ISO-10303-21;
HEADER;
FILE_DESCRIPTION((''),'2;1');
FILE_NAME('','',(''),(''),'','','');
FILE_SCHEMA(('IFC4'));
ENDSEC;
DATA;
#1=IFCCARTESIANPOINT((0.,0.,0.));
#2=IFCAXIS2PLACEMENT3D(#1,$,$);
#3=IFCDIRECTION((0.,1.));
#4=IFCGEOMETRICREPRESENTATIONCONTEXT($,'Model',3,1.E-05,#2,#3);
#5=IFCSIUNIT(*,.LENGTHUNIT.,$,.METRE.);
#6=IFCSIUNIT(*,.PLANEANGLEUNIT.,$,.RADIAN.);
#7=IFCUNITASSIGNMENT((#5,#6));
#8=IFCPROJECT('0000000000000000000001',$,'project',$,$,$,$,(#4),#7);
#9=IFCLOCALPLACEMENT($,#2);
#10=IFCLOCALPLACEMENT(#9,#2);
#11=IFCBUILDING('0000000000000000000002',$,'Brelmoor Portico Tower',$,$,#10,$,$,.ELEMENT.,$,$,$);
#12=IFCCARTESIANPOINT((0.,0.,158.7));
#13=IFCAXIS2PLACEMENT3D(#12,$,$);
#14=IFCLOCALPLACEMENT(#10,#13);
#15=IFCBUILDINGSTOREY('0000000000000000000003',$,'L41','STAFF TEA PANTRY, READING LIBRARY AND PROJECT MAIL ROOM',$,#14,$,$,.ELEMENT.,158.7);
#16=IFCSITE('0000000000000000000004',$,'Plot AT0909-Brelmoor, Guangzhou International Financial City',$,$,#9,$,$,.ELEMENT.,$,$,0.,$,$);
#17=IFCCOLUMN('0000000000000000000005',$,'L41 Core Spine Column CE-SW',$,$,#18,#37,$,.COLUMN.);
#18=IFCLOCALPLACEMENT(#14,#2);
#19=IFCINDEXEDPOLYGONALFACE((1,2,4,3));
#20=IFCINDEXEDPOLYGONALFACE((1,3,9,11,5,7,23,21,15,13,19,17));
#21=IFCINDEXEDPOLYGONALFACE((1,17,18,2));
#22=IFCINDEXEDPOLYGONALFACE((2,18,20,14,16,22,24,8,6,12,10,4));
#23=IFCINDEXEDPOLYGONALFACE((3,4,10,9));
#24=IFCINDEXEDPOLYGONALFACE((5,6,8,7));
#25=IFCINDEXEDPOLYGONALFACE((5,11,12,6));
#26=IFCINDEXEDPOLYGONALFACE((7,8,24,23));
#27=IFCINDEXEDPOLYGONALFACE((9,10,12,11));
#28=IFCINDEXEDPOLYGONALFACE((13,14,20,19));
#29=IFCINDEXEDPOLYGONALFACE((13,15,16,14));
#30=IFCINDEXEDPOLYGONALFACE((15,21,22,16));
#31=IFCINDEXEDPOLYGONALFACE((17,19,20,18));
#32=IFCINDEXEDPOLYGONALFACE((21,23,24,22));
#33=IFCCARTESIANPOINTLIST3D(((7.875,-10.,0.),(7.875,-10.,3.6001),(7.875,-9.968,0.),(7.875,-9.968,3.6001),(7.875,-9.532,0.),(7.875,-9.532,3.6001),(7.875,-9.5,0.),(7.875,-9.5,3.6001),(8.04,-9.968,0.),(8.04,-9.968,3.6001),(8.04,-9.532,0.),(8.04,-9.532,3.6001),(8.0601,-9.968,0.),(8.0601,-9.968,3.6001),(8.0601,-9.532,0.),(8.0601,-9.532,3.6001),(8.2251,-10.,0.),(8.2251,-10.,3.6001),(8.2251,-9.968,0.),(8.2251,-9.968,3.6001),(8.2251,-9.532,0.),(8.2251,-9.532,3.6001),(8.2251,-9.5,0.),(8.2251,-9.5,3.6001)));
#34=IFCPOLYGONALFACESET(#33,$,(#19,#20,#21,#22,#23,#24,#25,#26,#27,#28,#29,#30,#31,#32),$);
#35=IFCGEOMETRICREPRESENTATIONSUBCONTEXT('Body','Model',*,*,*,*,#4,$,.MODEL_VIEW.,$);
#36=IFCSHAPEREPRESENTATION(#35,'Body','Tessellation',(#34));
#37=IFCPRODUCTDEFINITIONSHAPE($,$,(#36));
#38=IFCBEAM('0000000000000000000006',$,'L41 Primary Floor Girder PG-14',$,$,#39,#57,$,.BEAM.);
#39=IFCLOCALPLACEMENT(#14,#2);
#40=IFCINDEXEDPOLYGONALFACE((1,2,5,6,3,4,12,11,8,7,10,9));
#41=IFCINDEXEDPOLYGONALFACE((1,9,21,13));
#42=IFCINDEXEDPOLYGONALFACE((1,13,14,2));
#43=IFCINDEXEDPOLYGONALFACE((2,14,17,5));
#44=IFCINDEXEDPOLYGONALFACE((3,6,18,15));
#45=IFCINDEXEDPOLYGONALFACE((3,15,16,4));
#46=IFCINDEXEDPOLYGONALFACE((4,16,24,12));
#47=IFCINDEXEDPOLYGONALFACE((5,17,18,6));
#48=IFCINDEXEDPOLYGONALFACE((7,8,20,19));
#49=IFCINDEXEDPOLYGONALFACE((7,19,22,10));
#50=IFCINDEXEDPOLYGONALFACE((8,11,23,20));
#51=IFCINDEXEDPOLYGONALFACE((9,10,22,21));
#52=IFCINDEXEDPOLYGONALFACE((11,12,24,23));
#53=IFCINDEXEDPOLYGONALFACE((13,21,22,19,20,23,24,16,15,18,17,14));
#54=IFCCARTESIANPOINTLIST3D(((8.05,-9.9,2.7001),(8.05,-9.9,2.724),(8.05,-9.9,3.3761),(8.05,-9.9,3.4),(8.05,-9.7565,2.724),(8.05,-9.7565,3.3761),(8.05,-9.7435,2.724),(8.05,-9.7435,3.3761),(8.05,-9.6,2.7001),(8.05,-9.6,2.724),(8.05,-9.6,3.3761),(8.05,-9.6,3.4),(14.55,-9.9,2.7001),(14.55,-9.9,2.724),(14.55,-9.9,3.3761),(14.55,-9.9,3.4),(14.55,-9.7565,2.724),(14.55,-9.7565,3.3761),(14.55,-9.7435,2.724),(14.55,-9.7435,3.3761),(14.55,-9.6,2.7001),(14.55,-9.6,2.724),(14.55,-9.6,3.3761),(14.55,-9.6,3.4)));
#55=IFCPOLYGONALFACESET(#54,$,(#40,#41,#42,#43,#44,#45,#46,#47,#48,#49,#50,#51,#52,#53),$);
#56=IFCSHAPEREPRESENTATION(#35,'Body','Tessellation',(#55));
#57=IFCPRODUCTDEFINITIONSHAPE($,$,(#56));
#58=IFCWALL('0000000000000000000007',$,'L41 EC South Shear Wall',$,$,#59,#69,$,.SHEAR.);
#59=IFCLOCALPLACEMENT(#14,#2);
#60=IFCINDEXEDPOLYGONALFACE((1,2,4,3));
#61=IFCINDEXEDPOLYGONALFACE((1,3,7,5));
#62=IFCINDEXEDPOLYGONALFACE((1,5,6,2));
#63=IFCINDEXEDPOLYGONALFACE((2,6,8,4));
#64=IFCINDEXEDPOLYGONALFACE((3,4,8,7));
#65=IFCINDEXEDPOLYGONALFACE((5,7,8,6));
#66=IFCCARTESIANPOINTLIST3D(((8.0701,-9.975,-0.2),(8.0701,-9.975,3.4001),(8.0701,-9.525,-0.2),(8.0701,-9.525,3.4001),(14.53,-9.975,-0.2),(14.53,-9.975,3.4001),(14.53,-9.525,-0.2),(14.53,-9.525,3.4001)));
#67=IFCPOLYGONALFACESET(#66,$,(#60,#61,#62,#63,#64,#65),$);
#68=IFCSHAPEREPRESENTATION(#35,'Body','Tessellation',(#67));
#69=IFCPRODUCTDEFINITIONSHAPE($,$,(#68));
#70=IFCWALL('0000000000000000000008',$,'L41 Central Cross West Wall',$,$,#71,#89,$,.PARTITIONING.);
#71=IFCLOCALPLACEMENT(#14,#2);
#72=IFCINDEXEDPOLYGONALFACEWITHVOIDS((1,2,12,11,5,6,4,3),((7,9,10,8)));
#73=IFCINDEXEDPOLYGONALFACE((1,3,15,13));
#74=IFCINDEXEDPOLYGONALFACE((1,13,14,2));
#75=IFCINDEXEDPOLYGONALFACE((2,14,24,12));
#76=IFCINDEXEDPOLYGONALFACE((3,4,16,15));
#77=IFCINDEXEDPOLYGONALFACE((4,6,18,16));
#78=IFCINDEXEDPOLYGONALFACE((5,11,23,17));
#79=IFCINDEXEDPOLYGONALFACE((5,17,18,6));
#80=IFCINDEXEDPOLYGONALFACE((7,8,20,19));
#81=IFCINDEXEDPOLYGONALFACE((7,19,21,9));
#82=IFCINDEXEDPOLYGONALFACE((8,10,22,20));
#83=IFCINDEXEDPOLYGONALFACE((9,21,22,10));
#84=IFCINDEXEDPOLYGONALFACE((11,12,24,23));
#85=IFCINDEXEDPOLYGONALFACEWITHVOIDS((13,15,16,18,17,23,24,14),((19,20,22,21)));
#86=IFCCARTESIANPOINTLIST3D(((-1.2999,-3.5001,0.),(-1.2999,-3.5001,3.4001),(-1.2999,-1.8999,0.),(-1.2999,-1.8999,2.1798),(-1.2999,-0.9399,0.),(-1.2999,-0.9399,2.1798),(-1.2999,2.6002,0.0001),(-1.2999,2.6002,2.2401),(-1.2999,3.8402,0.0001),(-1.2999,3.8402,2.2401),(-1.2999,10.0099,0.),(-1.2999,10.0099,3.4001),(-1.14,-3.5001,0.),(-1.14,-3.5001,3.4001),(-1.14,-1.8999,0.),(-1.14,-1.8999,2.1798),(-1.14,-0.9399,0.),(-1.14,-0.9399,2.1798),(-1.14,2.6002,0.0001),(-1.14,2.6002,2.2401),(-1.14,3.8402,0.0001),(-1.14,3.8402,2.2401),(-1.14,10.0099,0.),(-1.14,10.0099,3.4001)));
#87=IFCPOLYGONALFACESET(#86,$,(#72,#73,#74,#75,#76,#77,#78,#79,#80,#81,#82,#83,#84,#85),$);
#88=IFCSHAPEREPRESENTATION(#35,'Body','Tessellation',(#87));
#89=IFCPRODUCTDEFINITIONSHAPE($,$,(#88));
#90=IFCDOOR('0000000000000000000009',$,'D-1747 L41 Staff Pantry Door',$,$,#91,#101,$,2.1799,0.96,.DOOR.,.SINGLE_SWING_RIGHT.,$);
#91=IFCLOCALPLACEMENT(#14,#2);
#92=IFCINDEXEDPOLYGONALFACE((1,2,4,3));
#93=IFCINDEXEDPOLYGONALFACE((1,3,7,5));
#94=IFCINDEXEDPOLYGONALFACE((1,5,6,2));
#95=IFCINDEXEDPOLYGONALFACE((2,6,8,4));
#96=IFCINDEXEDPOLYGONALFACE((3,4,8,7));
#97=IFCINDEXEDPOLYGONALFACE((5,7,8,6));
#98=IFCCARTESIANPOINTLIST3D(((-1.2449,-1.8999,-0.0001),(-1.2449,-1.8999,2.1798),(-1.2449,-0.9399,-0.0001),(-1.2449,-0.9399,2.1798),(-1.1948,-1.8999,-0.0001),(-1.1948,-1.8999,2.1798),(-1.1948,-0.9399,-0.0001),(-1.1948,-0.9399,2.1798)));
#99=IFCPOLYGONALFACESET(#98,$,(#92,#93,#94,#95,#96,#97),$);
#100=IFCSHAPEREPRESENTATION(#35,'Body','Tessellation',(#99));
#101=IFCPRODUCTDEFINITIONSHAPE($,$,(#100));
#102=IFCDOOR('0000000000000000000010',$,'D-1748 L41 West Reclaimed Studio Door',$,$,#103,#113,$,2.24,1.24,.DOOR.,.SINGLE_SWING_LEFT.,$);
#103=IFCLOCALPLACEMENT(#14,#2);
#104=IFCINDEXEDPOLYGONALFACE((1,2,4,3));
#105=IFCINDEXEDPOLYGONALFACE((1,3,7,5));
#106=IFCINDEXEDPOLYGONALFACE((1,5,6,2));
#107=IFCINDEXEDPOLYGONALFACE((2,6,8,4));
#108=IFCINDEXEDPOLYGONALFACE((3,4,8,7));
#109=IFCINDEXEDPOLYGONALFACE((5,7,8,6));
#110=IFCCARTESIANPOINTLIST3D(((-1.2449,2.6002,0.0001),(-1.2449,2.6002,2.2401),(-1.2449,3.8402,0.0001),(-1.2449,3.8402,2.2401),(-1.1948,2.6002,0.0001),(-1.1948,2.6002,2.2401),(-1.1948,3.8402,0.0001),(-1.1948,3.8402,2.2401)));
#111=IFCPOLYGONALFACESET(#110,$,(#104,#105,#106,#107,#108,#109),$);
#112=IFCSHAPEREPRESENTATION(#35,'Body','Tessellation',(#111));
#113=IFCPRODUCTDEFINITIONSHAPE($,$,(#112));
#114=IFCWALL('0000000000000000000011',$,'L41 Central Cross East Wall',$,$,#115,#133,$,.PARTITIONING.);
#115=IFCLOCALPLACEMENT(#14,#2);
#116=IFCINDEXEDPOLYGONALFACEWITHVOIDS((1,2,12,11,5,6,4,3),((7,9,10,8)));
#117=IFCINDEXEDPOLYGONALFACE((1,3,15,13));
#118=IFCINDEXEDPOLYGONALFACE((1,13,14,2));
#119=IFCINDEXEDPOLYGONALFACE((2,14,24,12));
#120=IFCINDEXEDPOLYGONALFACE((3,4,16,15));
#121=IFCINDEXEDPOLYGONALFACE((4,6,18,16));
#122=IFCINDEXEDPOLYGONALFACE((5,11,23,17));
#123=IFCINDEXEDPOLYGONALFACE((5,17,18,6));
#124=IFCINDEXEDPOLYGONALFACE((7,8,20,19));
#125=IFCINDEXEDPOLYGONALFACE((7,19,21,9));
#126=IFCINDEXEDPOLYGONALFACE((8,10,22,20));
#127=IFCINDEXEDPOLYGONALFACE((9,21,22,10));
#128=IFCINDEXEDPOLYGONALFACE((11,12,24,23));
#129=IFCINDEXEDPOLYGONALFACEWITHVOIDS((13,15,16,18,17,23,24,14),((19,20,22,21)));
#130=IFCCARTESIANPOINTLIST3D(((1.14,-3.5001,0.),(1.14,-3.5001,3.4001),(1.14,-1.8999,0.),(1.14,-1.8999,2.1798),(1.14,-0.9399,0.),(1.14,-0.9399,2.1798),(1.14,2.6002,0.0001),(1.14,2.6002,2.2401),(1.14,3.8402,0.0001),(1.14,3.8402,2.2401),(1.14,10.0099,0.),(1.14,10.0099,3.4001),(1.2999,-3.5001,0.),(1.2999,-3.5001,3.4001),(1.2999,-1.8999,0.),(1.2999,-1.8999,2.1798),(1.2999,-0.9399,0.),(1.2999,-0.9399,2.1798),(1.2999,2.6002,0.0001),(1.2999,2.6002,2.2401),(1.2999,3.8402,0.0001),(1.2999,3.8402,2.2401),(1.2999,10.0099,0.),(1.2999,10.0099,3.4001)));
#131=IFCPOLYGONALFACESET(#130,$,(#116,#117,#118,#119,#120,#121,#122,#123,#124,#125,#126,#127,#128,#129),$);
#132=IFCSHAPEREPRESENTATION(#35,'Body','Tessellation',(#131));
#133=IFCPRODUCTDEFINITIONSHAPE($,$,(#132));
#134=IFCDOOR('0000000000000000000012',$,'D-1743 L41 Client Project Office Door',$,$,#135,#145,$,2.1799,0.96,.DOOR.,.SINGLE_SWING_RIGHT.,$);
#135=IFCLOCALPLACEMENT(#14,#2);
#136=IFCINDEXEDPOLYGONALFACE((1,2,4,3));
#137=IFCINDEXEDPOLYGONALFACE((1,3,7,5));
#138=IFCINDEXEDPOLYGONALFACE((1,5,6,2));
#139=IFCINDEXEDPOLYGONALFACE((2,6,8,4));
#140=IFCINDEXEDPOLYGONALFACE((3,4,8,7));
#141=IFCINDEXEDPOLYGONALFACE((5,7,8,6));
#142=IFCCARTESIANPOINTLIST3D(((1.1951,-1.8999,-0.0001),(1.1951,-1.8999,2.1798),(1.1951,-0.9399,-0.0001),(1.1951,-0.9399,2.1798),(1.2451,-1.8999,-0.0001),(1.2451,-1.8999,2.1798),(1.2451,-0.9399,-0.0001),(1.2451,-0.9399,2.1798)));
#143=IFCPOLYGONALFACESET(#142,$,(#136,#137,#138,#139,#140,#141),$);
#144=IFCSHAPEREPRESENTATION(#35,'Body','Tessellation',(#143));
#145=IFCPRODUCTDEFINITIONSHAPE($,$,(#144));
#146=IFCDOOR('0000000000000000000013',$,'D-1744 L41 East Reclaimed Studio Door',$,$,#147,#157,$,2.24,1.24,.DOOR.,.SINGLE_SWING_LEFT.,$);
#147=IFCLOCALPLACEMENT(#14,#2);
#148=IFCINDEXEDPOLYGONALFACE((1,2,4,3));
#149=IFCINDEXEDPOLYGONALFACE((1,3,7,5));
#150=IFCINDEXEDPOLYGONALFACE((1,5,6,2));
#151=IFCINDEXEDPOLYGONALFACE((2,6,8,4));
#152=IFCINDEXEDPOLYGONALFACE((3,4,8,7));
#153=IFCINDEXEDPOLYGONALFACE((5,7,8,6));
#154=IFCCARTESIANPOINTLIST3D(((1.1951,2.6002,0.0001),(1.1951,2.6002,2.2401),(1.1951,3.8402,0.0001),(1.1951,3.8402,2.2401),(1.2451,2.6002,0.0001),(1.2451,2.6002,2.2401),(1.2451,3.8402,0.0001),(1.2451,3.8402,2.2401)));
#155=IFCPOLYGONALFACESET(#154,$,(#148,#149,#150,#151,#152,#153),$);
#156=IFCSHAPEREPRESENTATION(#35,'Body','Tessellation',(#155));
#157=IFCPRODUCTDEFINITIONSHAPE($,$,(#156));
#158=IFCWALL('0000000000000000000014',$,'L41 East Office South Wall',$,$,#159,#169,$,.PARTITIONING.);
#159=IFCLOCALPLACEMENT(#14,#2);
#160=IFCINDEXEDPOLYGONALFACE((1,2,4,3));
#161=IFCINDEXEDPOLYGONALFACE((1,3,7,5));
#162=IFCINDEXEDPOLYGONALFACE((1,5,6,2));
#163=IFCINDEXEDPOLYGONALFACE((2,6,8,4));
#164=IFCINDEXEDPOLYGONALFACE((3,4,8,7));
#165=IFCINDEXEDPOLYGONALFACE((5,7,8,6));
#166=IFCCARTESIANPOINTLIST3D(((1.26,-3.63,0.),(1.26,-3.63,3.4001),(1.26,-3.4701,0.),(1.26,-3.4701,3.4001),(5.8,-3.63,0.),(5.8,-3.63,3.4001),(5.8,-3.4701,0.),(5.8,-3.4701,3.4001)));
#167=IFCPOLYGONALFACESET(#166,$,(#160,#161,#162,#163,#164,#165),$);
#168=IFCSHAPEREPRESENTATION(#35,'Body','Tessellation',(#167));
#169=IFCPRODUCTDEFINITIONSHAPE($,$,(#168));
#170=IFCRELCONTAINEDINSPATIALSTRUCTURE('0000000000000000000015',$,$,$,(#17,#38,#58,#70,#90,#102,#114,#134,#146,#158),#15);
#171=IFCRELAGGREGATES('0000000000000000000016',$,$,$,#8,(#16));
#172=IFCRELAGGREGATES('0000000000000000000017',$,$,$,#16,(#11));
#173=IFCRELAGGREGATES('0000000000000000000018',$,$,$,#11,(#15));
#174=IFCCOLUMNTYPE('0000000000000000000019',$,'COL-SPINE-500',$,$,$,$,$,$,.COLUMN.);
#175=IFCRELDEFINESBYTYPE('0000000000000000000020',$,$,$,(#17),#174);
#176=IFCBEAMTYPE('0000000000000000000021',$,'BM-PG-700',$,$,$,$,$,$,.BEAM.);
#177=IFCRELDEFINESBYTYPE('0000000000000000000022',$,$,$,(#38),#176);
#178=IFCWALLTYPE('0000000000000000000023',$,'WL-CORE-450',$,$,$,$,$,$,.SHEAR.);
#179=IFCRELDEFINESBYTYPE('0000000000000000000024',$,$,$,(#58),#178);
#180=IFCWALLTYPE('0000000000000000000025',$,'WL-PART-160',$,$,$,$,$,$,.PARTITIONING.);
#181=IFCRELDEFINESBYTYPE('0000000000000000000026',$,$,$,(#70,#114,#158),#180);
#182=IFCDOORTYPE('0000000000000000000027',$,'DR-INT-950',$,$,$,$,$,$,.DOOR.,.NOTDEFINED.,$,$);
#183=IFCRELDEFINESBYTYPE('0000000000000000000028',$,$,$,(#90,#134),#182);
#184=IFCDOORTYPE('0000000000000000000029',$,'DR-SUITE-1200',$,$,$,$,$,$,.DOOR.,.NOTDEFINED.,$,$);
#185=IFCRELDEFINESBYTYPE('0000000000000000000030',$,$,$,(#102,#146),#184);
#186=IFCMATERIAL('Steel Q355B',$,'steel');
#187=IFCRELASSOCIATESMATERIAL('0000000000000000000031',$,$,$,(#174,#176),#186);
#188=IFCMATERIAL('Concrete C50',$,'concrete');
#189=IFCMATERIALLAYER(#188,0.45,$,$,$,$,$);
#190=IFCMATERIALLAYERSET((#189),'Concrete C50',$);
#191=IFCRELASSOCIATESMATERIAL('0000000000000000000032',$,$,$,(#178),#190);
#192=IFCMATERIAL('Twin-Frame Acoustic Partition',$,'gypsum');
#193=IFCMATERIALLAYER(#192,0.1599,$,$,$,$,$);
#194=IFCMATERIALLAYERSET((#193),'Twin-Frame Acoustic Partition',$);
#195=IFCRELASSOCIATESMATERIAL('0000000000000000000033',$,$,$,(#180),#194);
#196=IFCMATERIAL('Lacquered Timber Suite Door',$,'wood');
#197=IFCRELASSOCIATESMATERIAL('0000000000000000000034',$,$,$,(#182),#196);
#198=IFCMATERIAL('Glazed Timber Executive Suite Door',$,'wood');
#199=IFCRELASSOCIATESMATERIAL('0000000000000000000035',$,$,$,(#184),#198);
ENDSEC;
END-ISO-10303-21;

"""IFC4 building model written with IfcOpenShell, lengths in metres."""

from ifc_helpers import new_model, si_unit, direction, frame, frame_2d, origin, origin_2d, place, context, subcontext, project, spatial, rectangle, i_section, extrude, material, layer, layer_set, material_profile, profile_set, type_object, element, fill, save


model = new_model("IFC4")

# Units and contexts
model_context = context("Model", 3, precision=1e-05, world=origin(), true_north=direction((0.0, 1.0)))
body_context = subcontext(model_context, "Body", "Model", "MODEL_VIEW")
ifc_project = project(units=[si_unit("LENGTHUNIT", "METRE"), si_unit("PLANEANGLEUNIT", "RADIAN")], contexts=[model_context])

# Site, building, storey
site_placement = place(None, origin())
site = spatial("IfcSite", under=ifc_project, at=site_placement, Name="Plot AT0909-Brelmoor, Guangzhou International Financial City", CompositionType="ELEMENT", RefElevation=0.0)
building_placement = place(site_placement, origin())
building = spatial("IfcBuilding", under=site, at=building_placement, Name="Brelmoor Portico Tower", CompositionType="ELEMENT")
storey_placement = place(building_placement, frame((0.0, 0.0, 158.7)))
storey = spatial("IfcBuildingStorey", under=building, at=storey_placement, Name="L41", Description="STAFF TEA PANTRY, READING LIBRARY AND PROJECT MAIL ROOM", CompositionType="ELEMENT", Elevation=158.7)

# Column
ifc_material_1 = material(Name="Steel Q355B", Category="steel")
ifc_material_profile_1 = material_profile(ifc_material_1, i_section(OverallWidth=0.3501, OverallDepth=0.5, WebThickness=0.02, FlangeThickness=0.032, at=origin_2d()), Name="HW 500x350x20x32")
ifc_profile_set_1 = profile_set([ifc_material_profile_1], Name="Steel Q355B")
column_type = type_object("IfcColumnType", Name="COL-SPINE-500", PredefinedType="COLUMN", material=ifc_profile_set_1)
column_placement = place(storey_placement, frame((8.05, -9.75, 0.0), z_axis=(0.0, 0.0, 1.0), x_axis=(1.0, 0.0, 0.0)))
element("IfcColumn", 1, at=column_placement, inside=storey, type_object=column_type, Name="L41 Core Spine Column CE-SW", PredefinedType="COLUMN", context=body_context, shape_type="SweptSolid", body=[
    extrude(i_section(OverallWidth=0.3501, OverallDepth=0.5, WebThickness=0.02, FlangeThickness=0.032, at=origin_2d()), origin(), (0.0, 0.0, 1.0), 3.6001),
])

# Beam
ifc_material_profile_2 = material_profile(ifc_material_1, i_section(OverallWidth=0.3, OverallDepth=0.7, WebThickness=0.0129, FlangeThickness=0.0239, at=origin_2d()), Name="HN 700x300x13x24")
ifc_profile_set_2 = profile_set([ifc_material_profile_2], Name="Steel Q355B")
beam_type = type_object("IfcBeamType", Name="BM-PG-700", PredefinedType="BEAM", material=ifc_profile_set_2)
beam_placement = place(storey_placement, frame((8.05, -9.75, 3.05), z_axis=(1.0, 0.0, 0.0), x_axis=(0.0, 1.0, 0.0)))
element("IfcBeam", 2, at=beam_placement, inside=storey, type_object=beam_type, Name="L41 Primary Floor Girder PG-14", PredefinedType="BEAM", context=body_context, shape_type="SweptSolid", body=[
    extrude(i_section(OverallWidth=0.3, OverallDepth=0.7, WebThickness=0.0129, FlangeThickness=0.0239, at=origin_2d()), origin(), (0.0, 0.0, 1.0), 6.5),
])

# Wall
ifc_material_2 = material(Name="Concrete C50", Category="concrete")
ifc_layer_1 = layer(ifc_material_2, 0.45)
ifc_layer_set_1 = layer_set([ifc_layer_1], Name="Concrete C50")
wall_type_1 = type_object("IfcWallType", Name="WL-CORE-450", PredefinedType="SHEAR", material=ifc_layer_set_1)
wall_1_placement = place(storey_placement, frame((8.0701, -9.75, -0.2), z_axis=(0.0, 0.0, 1.0), x_axis=(1.0, 0.0, 0.0)))
element("IfcWall", 3, at=wall_1_placement, inside=storey, type_object=wall_type_1, Name="L41 EC South Shear Wall", PredefinedType="SHEAR", context=body_context, shape_type="SweptSolid", body=[
    extrude(rectangle(XDim=6.46, YDim=0.45, at=frame_2d((3.23, 0.0))), origin(), (0.0, 0.0, 1.0), 3.6001),
])

# Walls, openings, doors
ifc_material_3 = material(Name="Twin-Frame Acoustic Partition", Category="gypsum")
ifc_layer_2 = layer(ifc_material_3, 0.1599)
ifc_layer_set_2 = layer_set([ifc_layer_2], Name="Twin-Frame Acoustic Partition")
wall_type_2 = type_object("IfcWallType", Name="WL-PART-160", PredefinedType="PARTITIONING", material=ifc_layer_set_2)
wall_2_placement = place(storey_placement, frame((-1.22, -3.5, 0.0), z_axis=(0.0, 0.0, 1.0), x_axis=(0.0, 1.0, 0.0)))
wall_2 = element("IfcWall", 4, at=wall_2_placement, inside=storey, type_object=wall_type_2, Name="L41 Central Cross West Wall", PredefinedType="PARTITIONING", context=body_context, shape_type="SweptSolid", body=[
    extrude(rectangle(XDim=13.51, YDim=0.1599, at=frame_2d((6.7549, 0.0))), origin(), (0.0, 0.0, 1.0), 3.4001),
])
opening_1_placement = place(wall_2_placement, frame((6.1001, 0.0, 0.0)))
opening_1 = element("IfcOpeningElement", 5, at=opening_1_placement, cuts=wall_2, PredefinedType="OPENING", context=body_context, shape_type="SweptSolid", body=[
    extrude(rectangle(XDim=1.24, YDim=2.24, at=frame_2d((0.6201, 1.1201))), frame((0.0, 0.0898, 0.0), z_axis=(0.0, -1.0, 0.0), x_axis=(1.0, 0.0, 0.0)), (0.0, 0.0, 1.0), 0.1799),
])
opening_2_placement = place(wall_2_placement, frame((1.6001, 0.0, 0.0)))
opening_2 = element("IfcOpeningElement", 6, at=opening_2_placement, cuts=wall_2, PredefinedType="OPENING", context=body_context, shape_type="SweptSolid", body=[
    extrude(rectangle(XDim=0.96, YDim=2.1799, at=frame_2d((0.48, 1.0898))), frame((0.0, 0.0898, 0.0), z_axis=(0.0, -1.0, 0.0), x_axis=(1.0, 0.0, 0.0)), (0.0, 0.0, 1.0), 0.1799),
])
ifc_material_4 = material(Name="Lacquered Timber Suite Door", Category="wood")
door_type_1 = type_object("IfcDoorType", Name="DR-INT-950", OperationType="NOTDEFINED", PredefinedType="DOOR", material=ifc_material_4)
door_1_placement = place(opening_2_placement, origin())
door_1 = element("IfcDoor", 7, at=door_1_placement, inside=storey, type_object=door_type_1, Name="D-1747 L41 Staff Pantry Door", OperationType="SINGLE_SWING_RIGHT", OverallHeight=2.1799, OverallWidth=0.96, PredefinedType="DOOR", context=body_context, shape_type="SweptSolid", body=[
    extrude(rectangle(XDim=0.96, YDim=2.1799, at=frame_2d((0.48, 1.0898))), frame((0.0, 0.0249, 0.0), z_axis=(0.0, -1.0, 0.0), x_axis=(1.0, 0.0, 0.0)), (0.0, 0.0, 1.0), 0.05),
])
fill(opening_2, door_1)
ifc_material_5 = material(Name="Glazed Timber Executive Suite Door", Category="wood")
door_type_2 = type_object("IfcDoorType", Name="DR-SUITE-1200", OperationType="NOTDEFINED", PredefinedType="DOOR", material=ifc_material_5)
door_2_placement = place(opening_1_placement, origin())
door_2 = element("IfcDoor", 8, at=door_2_placement, inside=storey, type_object=door_type_2, Name="D-1748 L41 West Reclaimed Studio Door", OperationType="SINGLE_SWING_LEFT", OverallHeight=2.24, OverallWidth=1.24, PredefinedType="DOOR", context=body_context, shape_type="SweptSolid", body=[
    extrude(rectangle(XDim=1.24, YDim=2.24, at=frame_2d((0.6201, 1.1201))), frame((0.0, 0.0249, 0.0), z_axis=(0.0, -1.0, 0.0), x_axis=(1.0, 0.0, 0.0)), (0.0, 0.0, 1.0), 0.05),
])
fill(opening_1, door_2)
wall_3_placement = place(storey_placement, frame((1.22, -3.5, 0.0), z_axis=(0.0, 0.0, 1.0), x_axis=(0.0, 1.0, 0.0)))
wall_3 = element("IfcWall", 9, at=wall_3_placement, inside=storey, type_object=wall_type_2, Name="L41 Central Cross East Wall", PredefinedType="PARTITIONING", context=body_context, shape_type="SweptSolid", body=[
    extrude(rectangle(XDim=13.51, YDim=0.1599, at=frame_2d((6.7549, 0.0))), origin(), (0.0, 0.0, 1.0), 3.4001),
])
opening_3_placement = place(wall_3_placement, frame((6.1001, 0.0, 0.0)))
opening_3 = element("IfcOpeningElement", 10, at=opening_3_placement, cuts=wall_3, PredefinedType="OPENING", context=body_context, shape_type="SweptSolid", body=[
    extrude(rectangle(XDim=1.24, YDim=2.24, at=frame_2d((0.6201, 1.1201))), frame((0.0, 0.0898, 0.0), z_axis=(0.0, -1.0, 0.0), x_axis=(1.0, 0.0, 0.0)), (0.0, 0.0, 1.0), 0.1799),
])
opening_4_placement = place(wall_3_placement, frame((1.6001, 0.0, 0.0)))
opening_4 = element("IfcOpeningElement", 11, at=opening_4_placement, cuts=wall_3, PredefinedType="OPENING", context=body_context, shape_type="SweptSolid", body=[
    extrude(rectangle(XDim=0.96, YDim=2.1799, at=frame_2d((0.48, 1.0898))), frame((0.0, 0.0898, 0.0), z_axis=(0.0, -1.0, 0.0), x_axis=(1.0, 0.0, 0.0)), (0.0, 0.0, 1.0), 0.1799),
])
door_3_placement = place(opening_4_placement, origin())
door_3 = element("IfcDoor", 12, at=door_3_placement, inside=storey, type_object=door_type_1, Name="D-1743 L41 Client Project Office Door", OperationType="SINGLE_SWING_RIGHT", OverallHeight=2.1799, OverallWidth=0.96, PredefinedType="DOOR", context=body_context, shape_type="SweptSolid", body=[
    extrude(rectangle(XDim=0.96, YDim=2.1799, at=frame_2d((0.48, 1.0898))), frame((0.0, 0.0249, 0.0), z_axis=(0.0, -1.0, 0.0), x_axis=(1.0, 0.0, 0.0)), (0.0, 0.0, 1.0), 0.05),
])
fill(opening_4, door_3)
door_4_placement = place(opening_3_placement, origin())
door_4 = element("IfcDoor", 13, at=door_4_placement, inside=storey, type_object=door_type_2, Name="D-1744 L41 East Reclaimed Studio Door", OperationType="SINGLE_SWING_LEFT", OverallHeight=2.24, OverallWidth=1.24, PredefinedType="DOOR", context=body_context, shape_type="SweptSolid", body=[
    extrude(rectangle(XDim=1.24, YDim=2.24, at=frame_2d((0.6201, 1.1201))), frame((0.0, 0.0249, 0.0), z_axis=(0.0, -1.0, 0.0), x_axis=(1.0, 0.0, 0.0)), (0.0, 0.0, 1.0), 0.05),
])
fill(opening_3, door_4)

# Wall
wall_4_placement = place(storey_placement, frame((1.26, -3.55, 0.0), z_axis=(0.0, 0.0, 1.0), x_axis=(1.0, 0.0, 0.0)))
element("IfcWall", 14, at=wall_4_placement, inside=storey, type_object=wall_type_2, Name="L41 East Office South Wall", PredefinedType="PARTITIONING", context=body_context, shape_type="SweptSolid", body=[
    extrude(rectangle(XDim=4.54, YDim=0.1599, at=frame_2d((2.27, 0.0))), origin(), (0.0, 0.0, 1.0), 3.4001),
])

save(model, "model.ifc")
